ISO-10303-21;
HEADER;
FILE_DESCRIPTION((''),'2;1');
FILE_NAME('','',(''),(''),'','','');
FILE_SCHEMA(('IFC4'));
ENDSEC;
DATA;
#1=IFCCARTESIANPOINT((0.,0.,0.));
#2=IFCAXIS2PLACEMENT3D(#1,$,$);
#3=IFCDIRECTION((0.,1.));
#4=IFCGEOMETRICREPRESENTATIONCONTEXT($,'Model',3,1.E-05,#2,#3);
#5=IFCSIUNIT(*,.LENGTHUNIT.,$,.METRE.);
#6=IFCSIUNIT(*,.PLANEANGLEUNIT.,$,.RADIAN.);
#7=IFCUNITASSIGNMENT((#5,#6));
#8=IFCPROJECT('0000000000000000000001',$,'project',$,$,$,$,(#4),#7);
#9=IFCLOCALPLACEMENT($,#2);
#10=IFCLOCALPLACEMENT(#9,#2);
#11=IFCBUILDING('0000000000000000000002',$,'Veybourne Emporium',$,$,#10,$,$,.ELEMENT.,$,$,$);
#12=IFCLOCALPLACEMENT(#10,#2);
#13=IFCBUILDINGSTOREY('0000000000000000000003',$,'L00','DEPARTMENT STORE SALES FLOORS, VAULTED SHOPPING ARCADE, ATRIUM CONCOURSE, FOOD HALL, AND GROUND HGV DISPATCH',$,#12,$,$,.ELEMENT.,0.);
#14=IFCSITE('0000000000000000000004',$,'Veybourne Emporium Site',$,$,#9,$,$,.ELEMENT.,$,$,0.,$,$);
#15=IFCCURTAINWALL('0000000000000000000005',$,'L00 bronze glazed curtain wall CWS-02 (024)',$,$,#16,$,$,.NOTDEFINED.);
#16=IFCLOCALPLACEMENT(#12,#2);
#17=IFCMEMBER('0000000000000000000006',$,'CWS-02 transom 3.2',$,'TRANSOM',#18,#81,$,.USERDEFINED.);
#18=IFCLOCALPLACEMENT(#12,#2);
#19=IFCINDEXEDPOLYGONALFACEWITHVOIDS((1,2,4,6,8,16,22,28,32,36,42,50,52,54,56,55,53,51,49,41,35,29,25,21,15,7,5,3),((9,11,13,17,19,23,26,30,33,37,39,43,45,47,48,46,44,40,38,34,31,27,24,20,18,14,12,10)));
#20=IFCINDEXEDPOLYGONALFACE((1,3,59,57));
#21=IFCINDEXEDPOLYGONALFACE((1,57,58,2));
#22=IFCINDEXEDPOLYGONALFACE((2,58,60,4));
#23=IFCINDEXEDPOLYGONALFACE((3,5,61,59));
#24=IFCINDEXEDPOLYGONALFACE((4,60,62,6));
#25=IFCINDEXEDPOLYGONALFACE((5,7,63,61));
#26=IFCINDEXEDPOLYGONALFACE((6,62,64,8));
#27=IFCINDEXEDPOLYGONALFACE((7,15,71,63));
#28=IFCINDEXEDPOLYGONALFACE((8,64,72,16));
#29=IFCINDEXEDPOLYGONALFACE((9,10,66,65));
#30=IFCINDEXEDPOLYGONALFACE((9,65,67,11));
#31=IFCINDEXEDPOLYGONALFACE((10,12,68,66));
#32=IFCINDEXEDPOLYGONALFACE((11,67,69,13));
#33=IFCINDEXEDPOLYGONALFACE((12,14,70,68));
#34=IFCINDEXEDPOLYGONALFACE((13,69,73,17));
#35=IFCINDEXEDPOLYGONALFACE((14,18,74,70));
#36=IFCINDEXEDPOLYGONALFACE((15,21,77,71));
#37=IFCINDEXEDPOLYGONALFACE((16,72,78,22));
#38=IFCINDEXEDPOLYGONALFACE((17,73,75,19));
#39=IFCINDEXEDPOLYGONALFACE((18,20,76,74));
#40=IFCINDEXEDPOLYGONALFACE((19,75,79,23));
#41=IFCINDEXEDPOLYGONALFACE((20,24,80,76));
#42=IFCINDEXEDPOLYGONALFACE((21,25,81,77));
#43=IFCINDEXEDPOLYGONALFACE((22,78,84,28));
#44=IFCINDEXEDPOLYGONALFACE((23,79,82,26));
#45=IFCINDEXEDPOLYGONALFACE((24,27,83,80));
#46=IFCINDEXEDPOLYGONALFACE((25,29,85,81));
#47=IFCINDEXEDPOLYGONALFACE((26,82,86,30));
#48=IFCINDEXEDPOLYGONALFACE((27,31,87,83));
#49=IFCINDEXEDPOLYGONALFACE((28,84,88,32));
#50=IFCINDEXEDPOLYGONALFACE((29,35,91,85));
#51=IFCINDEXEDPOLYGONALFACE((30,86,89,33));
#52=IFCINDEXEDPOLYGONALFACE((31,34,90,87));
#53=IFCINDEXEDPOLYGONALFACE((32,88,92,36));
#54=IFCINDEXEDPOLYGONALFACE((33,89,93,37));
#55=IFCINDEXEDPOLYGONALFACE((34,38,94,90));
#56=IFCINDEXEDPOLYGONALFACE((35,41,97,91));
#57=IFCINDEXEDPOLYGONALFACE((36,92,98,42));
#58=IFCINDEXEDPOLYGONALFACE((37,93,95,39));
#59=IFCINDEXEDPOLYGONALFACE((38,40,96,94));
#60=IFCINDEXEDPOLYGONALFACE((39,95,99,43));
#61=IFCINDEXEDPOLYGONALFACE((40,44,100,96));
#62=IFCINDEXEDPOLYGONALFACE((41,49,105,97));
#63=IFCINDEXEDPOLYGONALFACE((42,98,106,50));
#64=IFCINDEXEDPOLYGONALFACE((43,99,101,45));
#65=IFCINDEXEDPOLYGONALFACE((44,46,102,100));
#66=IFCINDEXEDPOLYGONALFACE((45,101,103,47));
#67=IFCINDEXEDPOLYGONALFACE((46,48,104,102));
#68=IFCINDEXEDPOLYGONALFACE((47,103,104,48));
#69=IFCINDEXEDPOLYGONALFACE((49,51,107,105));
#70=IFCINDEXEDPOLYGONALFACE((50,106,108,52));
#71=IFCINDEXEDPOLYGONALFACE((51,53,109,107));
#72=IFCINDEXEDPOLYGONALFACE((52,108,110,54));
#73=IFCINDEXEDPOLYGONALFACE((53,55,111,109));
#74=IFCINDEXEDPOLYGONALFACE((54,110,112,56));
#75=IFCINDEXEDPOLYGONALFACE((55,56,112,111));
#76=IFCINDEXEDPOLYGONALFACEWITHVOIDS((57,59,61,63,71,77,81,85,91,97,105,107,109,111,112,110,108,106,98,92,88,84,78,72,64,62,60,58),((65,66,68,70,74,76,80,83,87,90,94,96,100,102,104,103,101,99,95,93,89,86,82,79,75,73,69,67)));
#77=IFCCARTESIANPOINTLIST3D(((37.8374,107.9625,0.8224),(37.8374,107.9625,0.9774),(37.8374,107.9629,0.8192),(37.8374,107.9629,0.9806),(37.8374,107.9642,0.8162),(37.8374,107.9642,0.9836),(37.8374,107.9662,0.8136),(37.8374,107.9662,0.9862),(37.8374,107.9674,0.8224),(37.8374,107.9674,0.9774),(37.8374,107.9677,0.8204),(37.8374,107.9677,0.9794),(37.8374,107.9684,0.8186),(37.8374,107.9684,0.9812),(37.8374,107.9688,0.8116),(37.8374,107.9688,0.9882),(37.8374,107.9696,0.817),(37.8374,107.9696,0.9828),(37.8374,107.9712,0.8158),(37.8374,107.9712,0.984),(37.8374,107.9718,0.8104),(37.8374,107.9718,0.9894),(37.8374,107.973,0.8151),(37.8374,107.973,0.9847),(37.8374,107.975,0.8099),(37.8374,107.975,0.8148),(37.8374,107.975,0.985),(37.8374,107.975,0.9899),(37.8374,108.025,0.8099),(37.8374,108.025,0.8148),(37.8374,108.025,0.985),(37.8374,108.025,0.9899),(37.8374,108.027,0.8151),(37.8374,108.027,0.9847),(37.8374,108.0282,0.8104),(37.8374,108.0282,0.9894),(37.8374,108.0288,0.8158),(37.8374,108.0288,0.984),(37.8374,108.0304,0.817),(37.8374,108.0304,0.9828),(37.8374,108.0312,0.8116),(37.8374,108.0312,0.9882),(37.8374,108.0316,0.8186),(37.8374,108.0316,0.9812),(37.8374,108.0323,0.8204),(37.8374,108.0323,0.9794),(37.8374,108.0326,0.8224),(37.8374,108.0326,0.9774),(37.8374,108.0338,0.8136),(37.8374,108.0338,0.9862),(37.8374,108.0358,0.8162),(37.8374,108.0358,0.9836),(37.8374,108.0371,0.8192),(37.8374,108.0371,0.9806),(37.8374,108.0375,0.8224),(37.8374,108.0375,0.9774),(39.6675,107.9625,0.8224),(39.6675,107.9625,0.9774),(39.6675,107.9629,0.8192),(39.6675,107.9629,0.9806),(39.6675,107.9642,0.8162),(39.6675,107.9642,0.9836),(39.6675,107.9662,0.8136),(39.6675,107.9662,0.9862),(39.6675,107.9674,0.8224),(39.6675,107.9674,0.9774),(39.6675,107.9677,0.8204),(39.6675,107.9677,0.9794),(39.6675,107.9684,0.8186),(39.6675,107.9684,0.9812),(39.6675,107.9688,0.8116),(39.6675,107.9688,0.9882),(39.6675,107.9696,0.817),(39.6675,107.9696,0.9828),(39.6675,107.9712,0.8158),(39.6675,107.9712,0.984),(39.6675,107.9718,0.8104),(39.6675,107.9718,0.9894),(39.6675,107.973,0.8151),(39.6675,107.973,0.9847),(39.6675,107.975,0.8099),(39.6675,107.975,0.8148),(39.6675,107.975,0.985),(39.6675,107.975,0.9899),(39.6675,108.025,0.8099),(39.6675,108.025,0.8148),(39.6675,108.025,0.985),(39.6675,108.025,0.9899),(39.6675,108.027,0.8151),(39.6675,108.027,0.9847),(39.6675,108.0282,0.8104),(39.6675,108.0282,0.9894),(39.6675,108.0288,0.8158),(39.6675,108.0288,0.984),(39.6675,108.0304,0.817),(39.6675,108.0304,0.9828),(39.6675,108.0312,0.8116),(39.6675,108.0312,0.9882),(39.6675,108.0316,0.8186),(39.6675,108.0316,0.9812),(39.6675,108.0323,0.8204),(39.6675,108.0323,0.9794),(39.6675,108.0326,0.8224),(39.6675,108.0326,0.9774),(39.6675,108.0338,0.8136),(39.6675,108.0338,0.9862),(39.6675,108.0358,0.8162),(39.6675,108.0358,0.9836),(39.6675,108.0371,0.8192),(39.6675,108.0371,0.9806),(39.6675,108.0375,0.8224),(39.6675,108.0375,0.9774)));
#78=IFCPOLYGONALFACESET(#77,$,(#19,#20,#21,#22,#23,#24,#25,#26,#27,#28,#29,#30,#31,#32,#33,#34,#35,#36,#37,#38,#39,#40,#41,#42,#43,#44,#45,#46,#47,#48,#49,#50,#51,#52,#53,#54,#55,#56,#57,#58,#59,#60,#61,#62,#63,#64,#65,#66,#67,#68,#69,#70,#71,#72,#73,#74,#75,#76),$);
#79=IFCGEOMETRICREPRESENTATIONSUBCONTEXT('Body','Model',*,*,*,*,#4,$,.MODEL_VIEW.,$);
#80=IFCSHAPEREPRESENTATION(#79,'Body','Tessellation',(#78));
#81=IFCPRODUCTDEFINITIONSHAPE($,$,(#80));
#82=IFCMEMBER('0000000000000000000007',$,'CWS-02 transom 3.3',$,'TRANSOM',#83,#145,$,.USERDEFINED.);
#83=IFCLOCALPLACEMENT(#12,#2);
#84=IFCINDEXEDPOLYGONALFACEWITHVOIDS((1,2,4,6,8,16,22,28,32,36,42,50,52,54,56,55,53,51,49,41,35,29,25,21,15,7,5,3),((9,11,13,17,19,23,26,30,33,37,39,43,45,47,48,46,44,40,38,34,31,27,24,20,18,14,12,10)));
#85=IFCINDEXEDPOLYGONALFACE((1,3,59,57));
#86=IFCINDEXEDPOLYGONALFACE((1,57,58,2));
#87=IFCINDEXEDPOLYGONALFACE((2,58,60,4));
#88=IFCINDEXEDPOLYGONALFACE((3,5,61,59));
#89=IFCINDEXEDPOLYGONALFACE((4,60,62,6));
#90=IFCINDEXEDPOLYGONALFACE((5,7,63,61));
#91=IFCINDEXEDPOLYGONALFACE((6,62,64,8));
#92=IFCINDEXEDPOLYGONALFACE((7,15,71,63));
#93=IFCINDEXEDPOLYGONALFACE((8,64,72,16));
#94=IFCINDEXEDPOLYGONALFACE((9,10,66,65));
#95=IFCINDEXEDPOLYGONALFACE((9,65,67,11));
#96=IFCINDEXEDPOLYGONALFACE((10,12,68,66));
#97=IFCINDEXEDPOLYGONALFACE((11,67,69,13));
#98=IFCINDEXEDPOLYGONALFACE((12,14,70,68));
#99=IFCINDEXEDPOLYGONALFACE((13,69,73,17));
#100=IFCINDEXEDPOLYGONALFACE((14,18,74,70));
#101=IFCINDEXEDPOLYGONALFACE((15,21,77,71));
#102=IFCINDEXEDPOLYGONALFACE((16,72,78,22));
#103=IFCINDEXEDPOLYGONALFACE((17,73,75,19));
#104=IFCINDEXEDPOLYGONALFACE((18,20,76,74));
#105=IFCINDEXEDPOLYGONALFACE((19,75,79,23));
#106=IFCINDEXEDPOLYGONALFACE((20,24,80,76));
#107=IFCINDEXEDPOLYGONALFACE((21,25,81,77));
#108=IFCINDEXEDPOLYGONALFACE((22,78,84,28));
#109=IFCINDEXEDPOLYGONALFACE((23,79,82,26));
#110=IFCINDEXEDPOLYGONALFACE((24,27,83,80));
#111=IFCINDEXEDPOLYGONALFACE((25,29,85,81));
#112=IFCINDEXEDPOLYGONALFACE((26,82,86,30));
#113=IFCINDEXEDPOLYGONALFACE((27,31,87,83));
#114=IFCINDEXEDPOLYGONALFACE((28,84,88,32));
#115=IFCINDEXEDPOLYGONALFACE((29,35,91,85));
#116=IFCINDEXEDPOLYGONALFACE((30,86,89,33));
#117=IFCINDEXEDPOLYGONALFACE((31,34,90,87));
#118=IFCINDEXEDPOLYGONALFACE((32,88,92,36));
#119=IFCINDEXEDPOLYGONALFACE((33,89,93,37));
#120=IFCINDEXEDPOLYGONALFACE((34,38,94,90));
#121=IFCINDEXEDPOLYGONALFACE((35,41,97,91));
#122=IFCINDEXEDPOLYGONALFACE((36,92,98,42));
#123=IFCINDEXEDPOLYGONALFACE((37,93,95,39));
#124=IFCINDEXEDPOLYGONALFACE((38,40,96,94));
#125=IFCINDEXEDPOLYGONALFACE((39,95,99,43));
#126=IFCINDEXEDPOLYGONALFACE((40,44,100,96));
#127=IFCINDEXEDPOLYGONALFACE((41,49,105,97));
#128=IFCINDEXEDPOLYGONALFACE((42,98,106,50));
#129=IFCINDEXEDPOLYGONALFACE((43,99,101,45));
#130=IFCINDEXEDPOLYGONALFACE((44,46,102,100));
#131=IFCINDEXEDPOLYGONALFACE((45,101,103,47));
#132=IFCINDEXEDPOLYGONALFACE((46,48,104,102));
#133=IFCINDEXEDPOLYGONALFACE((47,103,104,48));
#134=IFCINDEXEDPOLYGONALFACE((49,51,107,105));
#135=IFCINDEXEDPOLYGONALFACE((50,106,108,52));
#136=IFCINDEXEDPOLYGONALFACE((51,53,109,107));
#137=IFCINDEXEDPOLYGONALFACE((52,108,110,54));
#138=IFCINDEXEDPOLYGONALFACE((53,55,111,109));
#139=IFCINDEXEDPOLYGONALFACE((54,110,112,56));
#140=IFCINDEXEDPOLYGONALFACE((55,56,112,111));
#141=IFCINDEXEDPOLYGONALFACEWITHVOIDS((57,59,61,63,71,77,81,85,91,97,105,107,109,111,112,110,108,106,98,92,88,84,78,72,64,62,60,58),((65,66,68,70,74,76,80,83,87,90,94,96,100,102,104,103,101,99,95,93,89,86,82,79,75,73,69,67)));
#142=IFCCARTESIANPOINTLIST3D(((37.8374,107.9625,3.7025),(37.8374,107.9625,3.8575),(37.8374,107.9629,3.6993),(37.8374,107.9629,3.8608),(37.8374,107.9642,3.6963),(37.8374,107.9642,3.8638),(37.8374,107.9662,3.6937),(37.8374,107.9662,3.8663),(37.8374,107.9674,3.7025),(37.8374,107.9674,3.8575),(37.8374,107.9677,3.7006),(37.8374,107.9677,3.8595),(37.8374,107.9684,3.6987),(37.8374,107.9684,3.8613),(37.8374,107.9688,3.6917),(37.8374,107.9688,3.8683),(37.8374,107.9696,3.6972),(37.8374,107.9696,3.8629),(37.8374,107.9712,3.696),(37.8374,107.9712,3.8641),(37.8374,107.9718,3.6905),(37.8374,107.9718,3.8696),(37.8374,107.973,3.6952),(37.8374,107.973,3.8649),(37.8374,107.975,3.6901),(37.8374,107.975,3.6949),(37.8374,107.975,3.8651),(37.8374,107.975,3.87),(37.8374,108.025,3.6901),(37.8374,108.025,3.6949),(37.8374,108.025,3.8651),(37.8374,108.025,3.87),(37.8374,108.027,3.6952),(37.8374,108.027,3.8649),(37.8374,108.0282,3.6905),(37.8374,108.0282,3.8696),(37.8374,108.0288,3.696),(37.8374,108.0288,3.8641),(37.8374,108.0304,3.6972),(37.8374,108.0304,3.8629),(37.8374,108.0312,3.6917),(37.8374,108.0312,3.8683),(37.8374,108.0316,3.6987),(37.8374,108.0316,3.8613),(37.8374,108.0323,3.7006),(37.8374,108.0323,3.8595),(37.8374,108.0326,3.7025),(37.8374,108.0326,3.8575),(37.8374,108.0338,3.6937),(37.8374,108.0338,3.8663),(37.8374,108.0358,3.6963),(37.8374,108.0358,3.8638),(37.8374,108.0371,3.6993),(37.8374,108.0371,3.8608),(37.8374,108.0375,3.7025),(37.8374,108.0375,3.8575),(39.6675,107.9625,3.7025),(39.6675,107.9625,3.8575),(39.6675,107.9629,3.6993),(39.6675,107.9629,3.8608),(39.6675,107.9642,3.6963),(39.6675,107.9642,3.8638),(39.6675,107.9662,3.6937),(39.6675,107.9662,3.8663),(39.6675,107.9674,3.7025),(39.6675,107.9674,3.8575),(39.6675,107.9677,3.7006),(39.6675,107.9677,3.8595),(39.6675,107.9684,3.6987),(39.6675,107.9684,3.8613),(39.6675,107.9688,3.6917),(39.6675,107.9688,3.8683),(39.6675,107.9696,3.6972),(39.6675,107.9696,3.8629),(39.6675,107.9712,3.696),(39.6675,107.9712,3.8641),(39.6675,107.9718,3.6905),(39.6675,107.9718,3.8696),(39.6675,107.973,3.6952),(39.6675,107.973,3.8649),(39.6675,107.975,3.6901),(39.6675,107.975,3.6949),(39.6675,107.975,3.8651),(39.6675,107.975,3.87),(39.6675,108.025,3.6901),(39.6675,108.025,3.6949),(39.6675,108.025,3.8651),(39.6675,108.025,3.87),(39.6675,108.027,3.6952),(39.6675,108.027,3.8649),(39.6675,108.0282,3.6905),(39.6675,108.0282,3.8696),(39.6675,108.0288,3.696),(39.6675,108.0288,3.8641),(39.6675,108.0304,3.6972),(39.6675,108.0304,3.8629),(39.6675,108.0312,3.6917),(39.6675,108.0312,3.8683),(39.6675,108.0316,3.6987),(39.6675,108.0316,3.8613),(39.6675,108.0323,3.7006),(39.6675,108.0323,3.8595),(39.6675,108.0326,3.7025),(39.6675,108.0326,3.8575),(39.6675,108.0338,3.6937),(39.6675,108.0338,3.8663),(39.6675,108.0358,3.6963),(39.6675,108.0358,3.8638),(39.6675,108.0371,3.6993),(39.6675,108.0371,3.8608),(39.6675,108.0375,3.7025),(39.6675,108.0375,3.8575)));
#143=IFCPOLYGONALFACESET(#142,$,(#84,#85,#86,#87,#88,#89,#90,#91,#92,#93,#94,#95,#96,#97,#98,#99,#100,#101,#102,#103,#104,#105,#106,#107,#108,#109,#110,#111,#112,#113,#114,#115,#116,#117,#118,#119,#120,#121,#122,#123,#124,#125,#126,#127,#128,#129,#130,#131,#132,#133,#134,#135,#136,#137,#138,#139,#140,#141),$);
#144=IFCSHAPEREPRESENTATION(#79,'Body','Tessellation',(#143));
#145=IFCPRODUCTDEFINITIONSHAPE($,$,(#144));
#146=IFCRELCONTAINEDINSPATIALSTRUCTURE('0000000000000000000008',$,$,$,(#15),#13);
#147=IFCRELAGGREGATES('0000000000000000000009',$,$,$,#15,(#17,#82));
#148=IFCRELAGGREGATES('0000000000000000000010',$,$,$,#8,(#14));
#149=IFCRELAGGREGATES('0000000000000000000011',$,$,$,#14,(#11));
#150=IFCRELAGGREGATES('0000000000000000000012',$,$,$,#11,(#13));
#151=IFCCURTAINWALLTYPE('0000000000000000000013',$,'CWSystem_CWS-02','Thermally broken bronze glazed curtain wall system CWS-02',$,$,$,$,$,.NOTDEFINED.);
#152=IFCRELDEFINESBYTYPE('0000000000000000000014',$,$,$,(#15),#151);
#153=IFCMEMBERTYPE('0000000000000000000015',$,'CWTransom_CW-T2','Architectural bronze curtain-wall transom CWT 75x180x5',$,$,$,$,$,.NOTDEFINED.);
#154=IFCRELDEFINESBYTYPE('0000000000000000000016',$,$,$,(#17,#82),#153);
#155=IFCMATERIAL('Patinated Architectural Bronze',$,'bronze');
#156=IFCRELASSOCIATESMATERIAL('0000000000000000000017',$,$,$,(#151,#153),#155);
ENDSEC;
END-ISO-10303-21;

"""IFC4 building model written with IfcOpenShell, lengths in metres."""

from ifc_helpers import new_model, si_unit, direction, frame, origin, origin_2d, place, context, subcontext, project, spatial, hollow_rectangle, extrude, material, material_profile, profile_set, type_object, element, aggregate, save


model = new_model("IFC4")

# Units and contexts
model_context = context("Model", 3, precision=1e-05, world=origin(), true_north=direction((0.0, 1.0)))
body_context = subcontext(model_context, "Body", "Model", "MODEL_VIEW")
ifc_project = project(units=[si_unit("LENGTHUNIT", "METRE"), si_unit("PLANEANGLEUNIT", "RADIAN")], contexts=[model_context])

# Site, building, storey
site_placement = place(None, origin())
site = spatial("IfcSite", under=ifc_project, at=site_placement, Name="Veybourne Emporium Site", CompositionType="ELEMENT", RefElevation=0.0)
building_placement = place(site_placement, origin())
building = spatial("IfcBuilding", under=site, at=building_placement, Name="Veybourne Emporium", CompositionType="ELEMENT")
storey_placement = place(building_placement, origin())
storey = spatial("IfcBuildingStorey", under=building, at=storey_placement, Name="L00", Description="DEPARTMENT STORE SALES FLOORS, VAULTED SHOPPING ARCADE, ATRIUM CONCOURSE, FOOD HALL, AND GROUND HGV DISPATCH", CompositionType="ELEMENT", Elevation=0.0)

# Curtain wall, members
ifc_material_1 = material(Name="Patinated Architectural Bronze", Category="bronze")
curtain_wall_type = type_object("IfcCurtainWallType", Name="CWSystem_CWS-02", Description="Thermally broken bronze glazed curtain wall system CWS-02", PredefinedType="NOTDEFINED", material=ifc_material_1)
curtain_wall_placement = place(storey_placement, origin())
curtain_wall = element("IfcCurtainWall", 1, at=curtain_wall_placement, inside=storey, type_object=curtain_wall_type, Name="L00 bronze glazed curtain wall CWS-02 (024)", PredefinedType="NOTDEFINED")
ifc_material_profile_1 = material_profile(ifc_material_1, hollow_rectangle(XDim=0.075, YDim=0.1799, WallThickness=0.0049, InnerFilletRadius=0.0076, OuterFilletRadius=0.0125, at=origin_2d()), Name="CWT 75x180x5")
ifc_profile_set_1 = profile_set([ifc_material_profile_1], Name="Patinated Architectural Bronze")
member_type_1 = type_object("IfcMemberType", Name="CWTransom_CW-T2", Description="Architectural bronze curtain-wall transom CWT 75x180x5", PredefinedType="NOTDEFINED", material=ifc_profile_set_1)
member_1_placement = place(storey_placement, frame((37.8374, 108.0, 0.8999), z_axis=(1.0, 0.0, 0.0), x_axis=(0.0, 1.0, 0.0)))
member_1 = element("IfcMember", 2, at=member_1_placement, type_object=member_type_1, Name="CWS-02 transom 3.2", ObjectType="TRANSOM", PredefinedType="USERDEFINED", context=body_context, shape_type="SweptSolid", body=[
    extrude(hollow_rectangle(XDim=0.075, YDim=0.1799, WallThickness=0.0049, InnerFilletRadius=0.0076, OuterFilletRadius=0.0125, at=origin_2d()), origin(), (0.0, 0.0, 1.0), 1.8301),
])
member_2_placement = place(storey_placement, frame((37.8374, 108.0, 3.78), z_axis=(1.0, 0.0, 0.0), x_axis=(0.0, 1.0, 0.0)))
member_2 = element("IfcMember", 3, at=member_2_placement, type_object=member_type_1, Name="CWS-02 transom 3.3", ObjectType="TRANSOM", PredefinedType="USERDEFINED", context=body_context, shape_type="SweptSolid", body=[
    extrude(hollow_rectangle(XDim=0.075, YDim=0.1799, WallThickness=0.0049, InnerFilletRadius=0.0076, OuterFilletRadius=0.0125, at=origin_2d()), origin(), (0.0, 0.0, 1.0), 1.8301),
])

aggregate(curtain_wall, [member_1, member_2])

save(model, "model.ifc")
